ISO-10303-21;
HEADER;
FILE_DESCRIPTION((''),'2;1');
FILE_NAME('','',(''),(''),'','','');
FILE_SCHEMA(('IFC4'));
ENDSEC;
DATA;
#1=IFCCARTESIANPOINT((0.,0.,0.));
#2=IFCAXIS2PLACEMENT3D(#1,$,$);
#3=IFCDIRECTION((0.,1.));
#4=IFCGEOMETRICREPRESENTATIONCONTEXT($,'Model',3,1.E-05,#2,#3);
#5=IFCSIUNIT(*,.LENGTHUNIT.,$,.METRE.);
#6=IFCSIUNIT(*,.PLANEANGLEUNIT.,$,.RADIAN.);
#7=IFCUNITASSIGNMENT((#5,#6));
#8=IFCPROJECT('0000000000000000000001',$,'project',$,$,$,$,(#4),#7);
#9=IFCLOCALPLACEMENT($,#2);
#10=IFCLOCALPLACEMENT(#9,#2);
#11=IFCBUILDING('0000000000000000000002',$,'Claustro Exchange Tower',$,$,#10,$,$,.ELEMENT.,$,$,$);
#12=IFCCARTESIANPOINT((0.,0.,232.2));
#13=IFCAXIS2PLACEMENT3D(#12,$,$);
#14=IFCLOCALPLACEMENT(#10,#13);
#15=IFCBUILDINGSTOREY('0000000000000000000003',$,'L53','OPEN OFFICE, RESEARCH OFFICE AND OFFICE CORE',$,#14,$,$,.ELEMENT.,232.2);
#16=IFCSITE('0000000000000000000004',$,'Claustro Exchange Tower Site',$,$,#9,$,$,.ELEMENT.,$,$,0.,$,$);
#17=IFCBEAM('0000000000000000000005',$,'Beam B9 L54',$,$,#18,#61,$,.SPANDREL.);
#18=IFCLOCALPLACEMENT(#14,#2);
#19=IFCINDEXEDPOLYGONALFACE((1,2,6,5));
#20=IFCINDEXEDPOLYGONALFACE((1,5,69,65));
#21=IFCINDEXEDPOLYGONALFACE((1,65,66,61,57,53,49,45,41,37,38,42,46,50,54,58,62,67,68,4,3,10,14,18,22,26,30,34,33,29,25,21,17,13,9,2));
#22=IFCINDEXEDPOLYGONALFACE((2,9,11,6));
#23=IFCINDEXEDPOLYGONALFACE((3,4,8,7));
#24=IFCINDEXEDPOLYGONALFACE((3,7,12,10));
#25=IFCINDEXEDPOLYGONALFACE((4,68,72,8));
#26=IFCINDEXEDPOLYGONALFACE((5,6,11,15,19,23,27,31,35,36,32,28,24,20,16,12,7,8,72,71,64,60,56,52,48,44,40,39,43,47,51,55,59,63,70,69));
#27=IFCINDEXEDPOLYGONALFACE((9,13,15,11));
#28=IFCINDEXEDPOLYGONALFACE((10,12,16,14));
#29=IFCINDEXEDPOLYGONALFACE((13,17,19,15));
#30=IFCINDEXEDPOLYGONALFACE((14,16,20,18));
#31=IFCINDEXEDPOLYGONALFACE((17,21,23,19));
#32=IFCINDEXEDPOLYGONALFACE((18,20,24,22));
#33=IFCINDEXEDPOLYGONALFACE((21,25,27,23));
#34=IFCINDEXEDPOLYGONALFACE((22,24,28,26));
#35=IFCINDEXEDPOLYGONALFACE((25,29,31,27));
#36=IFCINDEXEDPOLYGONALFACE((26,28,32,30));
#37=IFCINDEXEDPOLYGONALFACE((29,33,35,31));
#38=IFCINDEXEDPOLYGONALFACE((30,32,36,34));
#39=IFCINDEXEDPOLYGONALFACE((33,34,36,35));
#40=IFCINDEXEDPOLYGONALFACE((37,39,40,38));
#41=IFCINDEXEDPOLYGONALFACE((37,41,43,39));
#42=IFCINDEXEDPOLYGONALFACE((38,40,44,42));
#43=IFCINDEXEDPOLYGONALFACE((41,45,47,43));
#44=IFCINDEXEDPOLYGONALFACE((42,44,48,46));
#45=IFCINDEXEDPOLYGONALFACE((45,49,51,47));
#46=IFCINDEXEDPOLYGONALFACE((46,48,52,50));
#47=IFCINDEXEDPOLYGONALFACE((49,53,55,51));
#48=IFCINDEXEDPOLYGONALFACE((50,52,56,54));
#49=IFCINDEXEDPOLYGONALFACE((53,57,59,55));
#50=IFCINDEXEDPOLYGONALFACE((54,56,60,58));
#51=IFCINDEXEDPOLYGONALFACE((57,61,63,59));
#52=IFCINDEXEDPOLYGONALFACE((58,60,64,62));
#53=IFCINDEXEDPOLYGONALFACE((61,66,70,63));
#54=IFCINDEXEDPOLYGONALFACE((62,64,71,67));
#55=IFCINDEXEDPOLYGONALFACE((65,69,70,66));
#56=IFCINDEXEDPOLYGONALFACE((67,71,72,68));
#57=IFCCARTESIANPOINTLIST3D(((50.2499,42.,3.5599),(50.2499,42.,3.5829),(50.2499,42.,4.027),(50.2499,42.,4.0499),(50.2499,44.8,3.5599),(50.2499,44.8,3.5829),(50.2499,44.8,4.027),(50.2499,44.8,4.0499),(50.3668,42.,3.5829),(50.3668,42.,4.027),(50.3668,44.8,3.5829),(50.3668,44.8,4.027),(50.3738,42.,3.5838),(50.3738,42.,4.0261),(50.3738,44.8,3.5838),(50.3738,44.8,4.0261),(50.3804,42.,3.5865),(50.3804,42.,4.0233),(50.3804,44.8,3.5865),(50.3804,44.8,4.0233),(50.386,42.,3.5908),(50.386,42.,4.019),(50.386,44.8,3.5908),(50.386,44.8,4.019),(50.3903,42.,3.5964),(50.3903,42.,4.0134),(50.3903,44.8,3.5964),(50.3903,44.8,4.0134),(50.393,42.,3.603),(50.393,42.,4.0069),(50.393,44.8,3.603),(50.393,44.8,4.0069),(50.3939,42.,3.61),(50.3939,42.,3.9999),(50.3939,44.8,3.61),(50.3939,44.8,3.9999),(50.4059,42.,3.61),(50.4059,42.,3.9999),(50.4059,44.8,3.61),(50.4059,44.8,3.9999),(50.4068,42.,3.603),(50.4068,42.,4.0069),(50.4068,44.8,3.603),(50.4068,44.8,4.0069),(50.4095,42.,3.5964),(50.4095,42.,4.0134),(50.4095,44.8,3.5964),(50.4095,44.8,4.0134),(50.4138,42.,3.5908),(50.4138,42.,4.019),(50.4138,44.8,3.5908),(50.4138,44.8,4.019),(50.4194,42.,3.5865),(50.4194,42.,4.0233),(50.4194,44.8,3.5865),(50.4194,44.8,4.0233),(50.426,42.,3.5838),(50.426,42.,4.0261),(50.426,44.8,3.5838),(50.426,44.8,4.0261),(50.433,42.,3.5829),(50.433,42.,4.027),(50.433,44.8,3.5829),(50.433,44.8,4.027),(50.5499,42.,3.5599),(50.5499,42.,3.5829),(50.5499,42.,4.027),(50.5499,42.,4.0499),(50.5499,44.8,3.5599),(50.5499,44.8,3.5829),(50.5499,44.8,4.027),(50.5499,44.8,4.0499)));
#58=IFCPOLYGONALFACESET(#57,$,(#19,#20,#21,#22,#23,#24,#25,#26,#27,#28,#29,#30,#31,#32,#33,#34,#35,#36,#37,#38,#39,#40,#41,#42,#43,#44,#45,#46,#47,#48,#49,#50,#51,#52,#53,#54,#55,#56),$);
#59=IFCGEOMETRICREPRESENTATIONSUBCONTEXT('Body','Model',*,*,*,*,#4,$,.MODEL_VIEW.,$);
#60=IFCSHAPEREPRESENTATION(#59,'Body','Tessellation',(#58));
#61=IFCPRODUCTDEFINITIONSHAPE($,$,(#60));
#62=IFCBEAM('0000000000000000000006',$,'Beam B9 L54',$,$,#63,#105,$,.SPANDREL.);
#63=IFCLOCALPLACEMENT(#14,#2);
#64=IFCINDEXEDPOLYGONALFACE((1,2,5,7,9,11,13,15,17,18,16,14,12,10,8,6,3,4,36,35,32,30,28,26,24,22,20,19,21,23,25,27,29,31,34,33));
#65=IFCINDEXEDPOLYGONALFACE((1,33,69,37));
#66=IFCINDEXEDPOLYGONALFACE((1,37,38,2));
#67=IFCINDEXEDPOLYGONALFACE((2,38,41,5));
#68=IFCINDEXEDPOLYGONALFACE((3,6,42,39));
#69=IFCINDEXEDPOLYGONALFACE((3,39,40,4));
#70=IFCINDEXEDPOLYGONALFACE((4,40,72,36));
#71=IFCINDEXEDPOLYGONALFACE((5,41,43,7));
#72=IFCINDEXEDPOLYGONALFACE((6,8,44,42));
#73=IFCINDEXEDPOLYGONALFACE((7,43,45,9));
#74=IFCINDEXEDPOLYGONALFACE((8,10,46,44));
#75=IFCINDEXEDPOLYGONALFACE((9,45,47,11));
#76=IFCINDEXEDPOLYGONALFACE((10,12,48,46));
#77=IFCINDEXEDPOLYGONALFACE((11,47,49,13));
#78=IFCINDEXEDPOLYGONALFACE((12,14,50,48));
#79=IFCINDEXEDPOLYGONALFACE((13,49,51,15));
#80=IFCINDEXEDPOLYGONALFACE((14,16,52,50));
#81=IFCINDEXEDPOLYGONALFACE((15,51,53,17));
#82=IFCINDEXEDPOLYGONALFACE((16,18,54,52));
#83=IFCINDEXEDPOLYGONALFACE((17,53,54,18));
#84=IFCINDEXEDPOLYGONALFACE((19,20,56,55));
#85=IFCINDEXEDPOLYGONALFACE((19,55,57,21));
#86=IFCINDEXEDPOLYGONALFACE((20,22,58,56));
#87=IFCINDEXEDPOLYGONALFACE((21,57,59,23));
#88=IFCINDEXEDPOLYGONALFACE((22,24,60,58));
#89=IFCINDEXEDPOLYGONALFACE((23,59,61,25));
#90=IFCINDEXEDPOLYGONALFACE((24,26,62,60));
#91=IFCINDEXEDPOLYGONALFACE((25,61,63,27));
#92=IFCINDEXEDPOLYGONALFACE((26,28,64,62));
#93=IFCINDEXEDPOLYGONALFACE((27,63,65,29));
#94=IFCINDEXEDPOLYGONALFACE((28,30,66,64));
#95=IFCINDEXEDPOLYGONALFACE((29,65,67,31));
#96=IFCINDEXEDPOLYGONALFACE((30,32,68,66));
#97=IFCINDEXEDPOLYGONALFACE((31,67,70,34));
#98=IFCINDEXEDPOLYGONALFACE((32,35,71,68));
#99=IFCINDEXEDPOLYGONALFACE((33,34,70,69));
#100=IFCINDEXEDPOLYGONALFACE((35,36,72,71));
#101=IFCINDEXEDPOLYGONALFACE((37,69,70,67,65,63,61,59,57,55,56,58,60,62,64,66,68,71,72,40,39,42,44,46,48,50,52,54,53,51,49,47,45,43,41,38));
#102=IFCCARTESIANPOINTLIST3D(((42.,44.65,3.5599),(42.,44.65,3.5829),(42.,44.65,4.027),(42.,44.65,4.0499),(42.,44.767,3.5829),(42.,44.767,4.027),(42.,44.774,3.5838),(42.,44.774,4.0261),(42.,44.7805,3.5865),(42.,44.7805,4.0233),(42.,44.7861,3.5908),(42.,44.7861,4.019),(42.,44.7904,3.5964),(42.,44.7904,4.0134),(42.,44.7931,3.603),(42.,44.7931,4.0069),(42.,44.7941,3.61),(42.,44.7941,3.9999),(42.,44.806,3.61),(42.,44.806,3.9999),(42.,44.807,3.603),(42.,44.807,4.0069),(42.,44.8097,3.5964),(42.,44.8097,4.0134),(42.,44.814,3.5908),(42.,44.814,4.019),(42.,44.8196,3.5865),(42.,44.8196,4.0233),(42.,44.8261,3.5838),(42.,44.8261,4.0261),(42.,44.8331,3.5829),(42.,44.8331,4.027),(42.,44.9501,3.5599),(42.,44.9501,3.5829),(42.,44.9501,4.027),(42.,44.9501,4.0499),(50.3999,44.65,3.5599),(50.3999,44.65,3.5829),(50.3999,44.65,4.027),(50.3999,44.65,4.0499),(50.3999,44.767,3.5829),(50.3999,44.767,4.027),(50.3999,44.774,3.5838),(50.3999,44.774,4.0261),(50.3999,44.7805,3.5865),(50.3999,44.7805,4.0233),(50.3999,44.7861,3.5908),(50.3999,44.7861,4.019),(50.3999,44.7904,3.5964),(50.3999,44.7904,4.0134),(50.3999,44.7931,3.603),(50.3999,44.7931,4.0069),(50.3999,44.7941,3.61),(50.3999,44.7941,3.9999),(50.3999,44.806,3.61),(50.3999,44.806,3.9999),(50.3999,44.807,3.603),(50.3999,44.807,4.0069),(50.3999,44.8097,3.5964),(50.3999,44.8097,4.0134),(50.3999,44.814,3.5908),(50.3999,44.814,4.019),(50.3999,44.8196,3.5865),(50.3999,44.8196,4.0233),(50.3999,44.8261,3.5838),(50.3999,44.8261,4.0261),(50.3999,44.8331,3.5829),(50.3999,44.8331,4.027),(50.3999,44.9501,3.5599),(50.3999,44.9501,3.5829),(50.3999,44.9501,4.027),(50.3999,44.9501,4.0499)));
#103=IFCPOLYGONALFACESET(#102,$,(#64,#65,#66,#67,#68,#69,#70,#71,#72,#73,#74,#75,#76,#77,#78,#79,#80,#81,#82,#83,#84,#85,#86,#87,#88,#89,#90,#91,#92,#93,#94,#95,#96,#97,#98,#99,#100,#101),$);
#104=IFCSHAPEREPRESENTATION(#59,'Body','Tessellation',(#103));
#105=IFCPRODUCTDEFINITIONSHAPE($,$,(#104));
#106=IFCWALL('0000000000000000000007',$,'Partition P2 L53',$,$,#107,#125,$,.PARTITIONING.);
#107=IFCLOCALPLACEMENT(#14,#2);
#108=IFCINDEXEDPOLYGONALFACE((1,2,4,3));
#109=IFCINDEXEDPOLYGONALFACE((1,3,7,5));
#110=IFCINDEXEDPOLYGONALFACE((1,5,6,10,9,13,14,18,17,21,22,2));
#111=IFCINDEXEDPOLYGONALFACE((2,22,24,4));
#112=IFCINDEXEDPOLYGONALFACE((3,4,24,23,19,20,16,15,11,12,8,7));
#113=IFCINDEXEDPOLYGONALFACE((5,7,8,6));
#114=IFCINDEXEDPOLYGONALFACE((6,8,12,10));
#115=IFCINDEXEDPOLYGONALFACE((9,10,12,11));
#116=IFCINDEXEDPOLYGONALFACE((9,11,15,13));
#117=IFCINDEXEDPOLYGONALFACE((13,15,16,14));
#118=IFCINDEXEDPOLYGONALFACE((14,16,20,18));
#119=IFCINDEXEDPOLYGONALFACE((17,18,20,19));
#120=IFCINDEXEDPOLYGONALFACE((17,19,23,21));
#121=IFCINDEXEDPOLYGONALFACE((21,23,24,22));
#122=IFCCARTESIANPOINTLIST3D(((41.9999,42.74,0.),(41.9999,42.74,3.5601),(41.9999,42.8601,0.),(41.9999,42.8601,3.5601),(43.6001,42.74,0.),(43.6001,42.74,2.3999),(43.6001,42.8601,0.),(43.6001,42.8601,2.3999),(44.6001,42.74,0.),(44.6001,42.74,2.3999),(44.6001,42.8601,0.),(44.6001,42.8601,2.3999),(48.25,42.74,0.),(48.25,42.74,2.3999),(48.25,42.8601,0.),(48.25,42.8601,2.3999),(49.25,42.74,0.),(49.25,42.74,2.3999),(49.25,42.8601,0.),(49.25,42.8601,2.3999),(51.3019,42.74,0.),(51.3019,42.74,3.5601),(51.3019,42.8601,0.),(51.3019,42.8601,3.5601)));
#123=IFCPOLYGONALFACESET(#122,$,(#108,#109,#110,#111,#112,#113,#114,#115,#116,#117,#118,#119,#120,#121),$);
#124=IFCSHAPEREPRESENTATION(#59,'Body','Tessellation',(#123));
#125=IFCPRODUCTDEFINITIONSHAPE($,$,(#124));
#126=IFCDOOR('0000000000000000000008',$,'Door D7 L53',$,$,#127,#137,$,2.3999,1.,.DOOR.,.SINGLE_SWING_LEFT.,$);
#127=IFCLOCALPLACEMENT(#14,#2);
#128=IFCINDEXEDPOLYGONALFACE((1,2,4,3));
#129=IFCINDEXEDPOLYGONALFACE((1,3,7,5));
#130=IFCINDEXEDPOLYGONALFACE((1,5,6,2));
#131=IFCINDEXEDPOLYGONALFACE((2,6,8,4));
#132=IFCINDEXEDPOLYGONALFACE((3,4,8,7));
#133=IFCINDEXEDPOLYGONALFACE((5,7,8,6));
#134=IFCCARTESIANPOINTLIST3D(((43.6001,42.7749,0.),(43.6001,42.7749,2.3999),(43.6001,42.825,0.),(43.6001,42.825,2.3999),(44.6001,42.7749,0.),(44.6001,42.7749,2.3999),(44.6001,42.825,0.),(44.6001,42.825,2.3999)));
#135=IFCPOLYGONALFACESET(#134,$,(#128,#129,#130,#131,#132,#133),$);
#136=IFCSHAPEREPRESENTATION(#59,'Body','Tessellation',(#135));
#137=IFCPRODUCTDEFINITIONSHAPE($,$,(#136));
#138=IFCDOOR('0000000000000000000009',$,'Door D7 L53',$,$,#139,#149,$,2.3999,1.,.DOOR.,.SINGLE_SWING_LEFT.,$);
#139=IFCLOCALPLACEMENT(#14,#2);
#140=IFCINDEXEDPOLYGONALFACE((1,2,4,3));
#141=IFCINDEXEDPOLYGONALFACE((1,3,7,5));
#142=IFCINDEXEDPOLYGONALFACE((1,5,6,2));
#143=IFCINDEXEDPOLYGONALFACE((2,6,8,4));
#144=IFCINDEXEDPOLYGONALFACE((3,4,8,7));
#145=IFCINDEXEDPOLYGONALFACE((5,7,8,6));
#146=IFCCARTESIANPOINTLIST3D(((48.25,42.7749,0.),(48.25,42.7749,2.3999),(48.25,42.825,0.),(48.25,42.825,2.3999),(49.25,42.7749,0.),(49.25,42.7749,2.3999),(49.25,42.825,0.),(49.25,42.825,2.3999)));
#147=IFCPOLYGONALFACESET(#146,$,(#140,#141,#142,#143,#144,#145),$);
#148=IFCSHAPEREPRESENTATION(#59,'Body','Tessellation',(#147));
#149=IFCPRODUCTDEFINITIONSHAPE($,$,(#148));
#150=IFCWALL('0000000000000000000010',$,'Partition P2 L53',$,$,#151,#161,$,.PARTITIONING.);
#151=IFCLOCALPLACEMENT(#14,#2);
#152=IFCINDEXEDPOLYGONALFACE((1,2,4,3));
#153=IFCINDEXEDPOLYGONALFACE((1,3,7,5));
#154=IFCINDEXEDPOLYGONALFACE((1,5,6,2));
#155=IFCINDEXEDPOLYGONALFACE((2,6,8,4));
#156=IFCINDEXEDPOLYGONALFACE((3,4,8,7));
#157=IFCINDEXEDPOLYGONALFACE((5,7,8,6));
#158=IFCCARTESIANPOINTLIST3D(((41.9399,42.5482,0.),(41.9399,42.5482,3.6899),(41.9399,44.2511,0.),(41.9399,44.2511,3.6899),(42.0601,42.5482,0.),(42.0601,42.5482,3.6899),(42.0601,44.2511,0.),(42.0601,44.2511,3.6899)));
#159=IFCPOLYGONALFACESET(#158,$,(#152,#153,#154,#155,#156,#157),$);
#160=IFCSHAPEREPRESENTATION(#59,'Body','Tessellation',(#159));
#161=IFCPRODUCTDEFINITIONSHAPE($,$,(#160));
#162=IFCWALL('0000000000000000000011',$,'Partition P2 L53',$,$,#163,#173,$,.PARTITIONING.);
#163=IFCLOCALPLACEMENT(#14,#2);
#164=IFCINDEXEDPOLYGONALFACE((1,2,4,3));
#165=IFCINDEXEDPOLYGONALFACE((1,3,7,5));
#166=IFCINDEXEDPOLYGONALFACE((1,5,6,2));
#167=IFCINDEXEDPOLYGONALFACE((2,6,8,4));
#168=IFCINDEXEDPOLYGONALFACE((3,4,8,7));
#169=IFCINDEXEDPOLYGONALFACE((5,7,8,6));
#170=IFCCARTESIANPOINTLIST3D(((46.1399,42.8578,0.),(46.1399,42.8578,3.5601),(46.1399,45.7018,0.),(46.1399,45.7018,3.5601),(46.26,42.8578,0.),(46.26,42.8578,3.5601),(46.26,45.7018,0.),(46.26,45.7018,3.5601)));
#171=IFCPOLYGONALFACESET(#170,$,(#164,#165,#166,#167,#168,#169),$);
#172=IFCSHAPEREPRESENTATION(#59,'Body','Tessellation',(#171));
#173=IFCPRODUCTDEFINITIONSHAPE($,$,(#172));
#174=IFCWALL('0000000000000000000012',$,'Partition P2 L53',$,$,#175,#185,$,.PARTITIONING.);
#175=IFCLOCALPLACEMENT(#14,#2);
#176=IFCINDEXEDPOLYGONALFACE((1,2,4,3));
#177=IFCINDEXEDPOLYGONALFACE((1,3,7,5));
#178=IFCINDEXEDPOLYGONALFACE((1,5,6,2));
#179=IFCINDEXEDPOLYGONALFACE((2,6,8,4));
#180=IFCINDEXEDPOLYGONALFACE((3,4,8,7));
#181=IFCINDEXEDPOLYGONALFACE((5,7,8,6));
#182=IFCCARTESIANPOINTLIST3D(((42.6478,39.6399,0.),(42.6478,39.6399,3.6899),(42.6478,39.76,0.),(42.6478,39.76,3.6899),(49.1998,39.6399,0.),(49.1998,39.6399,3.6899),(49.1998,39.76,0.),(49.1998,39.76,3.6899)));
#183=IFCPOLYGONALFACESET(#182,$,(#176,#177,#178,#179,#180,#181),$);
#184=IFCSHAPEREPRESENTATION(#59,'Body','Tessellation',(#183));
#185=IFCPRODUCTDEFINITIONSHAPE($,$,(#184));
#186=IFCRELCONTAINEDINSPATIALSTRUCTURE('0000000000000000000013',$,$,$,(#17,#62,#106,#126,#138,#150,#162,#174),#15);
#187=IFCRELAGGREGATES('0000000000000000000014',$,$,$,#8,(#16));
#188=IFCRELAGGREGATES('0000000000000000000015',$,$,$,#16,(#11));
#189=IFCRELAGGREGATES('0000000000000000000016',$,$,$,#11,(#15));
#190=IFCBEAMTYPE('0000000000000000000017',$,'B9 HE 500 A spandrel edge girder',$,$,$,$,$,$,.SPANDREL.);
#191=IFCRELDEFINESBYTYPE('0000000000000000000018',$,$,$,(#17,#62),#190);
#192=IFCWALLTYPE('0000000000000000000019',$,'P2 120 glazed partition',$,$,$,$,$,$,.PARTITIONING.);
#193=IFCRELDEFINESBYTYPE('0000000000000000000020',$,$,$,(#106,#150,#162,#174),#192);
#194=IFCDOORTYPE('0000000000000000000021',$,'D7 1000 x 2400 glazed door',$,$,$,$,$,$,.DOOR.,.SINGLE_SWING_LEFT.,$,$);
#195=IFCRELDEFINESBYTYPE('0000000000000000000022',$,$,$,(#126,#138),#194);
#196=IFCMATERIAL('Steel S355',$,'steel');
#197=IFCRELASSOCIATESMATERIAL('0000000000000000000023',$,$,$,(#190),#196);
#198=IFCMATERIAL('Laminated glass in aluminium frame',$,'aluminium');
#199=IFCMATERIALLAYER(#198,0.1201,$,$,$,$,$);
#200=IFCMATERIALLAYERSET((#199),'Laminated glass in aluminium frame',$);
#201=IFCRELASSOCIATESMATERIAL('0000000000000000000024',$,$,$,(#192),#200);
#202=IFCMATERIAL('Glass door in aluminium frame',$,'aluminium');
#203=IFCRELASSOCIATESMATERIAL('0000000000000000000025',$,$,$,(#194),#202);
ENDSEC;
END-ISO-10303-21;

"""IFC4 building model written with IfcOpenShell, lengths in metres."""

from ifc_helpers import new_model, si_unit, direction, frame, frame_2d, origin, origin_2d, place, context, subcontext, project, spatial, rectangle, i_section, extrude, material, layer, layer_set, material_profile, profile_set, type_object, element, fill, save


model = new_model("IFC4")

# Units and contexts
model_context = context("Model", 3, precision=1e-05, world=origin(), true_north=direction((0.0, 1.0)))
body_context = subcontext(model_context, "Body", "Model", "MODEL_VIEW")
ifc_project = project(units=[si_unit("LENGTHUNIT", "METRE"), si_unit("PLANEANGLEUNIT", "RADIAN")], contexts=[model_context])

# Site, building, storey
site_placement = place(None, origin())
site = spatial("IfcSite", under=ifc_project, at=site_placement, Name="Claustro Exchange Tower Site", CompositionType="ELEMENT", RefElevation=0.0)
building_placement = place(site_placement, origin())
building = spatial("IfcBuilding", under=site, at=building_placement, Name="Claustro Exchange Tower", CompositionType="ELEMENT")
storey_placement = place(building_placement, frame((0.0, 0.0, 232.2)))
storey = spatial("IfcBuildingStorey", under=building, at=storey_placement, Name="L53", Description="OPEN OFFICE, RESEARCH OFFICE AND OFFICE CORE", CompositionType="ELEMENT", Elevation=232.2)

# Beams
ifc_material_1 = material(Name="Steel S355", Category="steel")
ifc_material_profile_1 = material_profile(ifc_material_1, i_section(OverallWidth=0.3, OverallDepth=0.49, WebThickness=0.012, FlangeThickness=0.0229, FilletRadius=0.0271, at=origin_2d()), Name="HE 500 A")
ifc_profile_set_1 = profile_set([ifc_material_profile_1], Name="Steel S355")
beam_type_1 = type_object("IfcBeamType", Name="B9 HE 500 A spandrel edge girder", PredefinedType="SPANDREL", material=ifc_profile_set_1)
beam_1_placement = place(storey_placement, frame((50.3999, 42.0, 3.8049), z_axis=(0.0, 1.0, 0.0), x_axis=(-1.0, 0.0, 0.0)))
element("IfcBeam", 1, at=beam_1_placement, inside=storey, type_object=beam_type_1, Name="Beam B9 L54", PredefinedType="SPANDREL", context=body_context, shape_type="SweptSolid", body=[
    extrude(i_section(OverallWidth=0.3, OverallDepth=0.49, WebThickness=0.012, FlangeThickness=0.0229, FilletRadius=0.0271, at=origin_2d()), origin(), (0.0, 0.0, 1.0), 2.8),
])
beam_2_placement = place(storey_placement, frame((42.0, 44.8, 3.8049), z_axis=(1.0, 0.0, 0.0), x_axis=(0.0, 1.0, 0.0)))
element("IfcBeam", 2, at=beam_2_placement, inside=storey, type_object=beam_type_1, Name="Beam B9 L54", PredefinedType="SPANDREL", context=body_context, shape_type="SweptSolid", body=[
    extrude(i_section(OverallWidth=0.3, OverallDepth=0.49, WebThickness=0.012, FlangeThickness=0.0229, FilletRadius=0.0271, at=origin_2d()), origin(), (0.0, 0.0, 1.0), 8.3999),
])

# Wall, openings, doors
ifc_material_2 = material(Name="Laminated glass in aluminium frame", Category="aluminium")
ifc_layer_1 = layer(ifc_material_2, 0.1201)
ifc_layer_set_1 = layer_set([ifc_layer_1], Name="Laminated glass in aluminium frame")
wall_type_1 = type_object("IfcWallType", Name="P2 120 glazed partition", PredefinedType="PARTITIONING", material=ifc_layer_set_1)
wall_1_placement = place(storey_placement, frame((42.0, 42.8, 0.0), z_axis=(0.0, 0.0, 1.0), x_axis=(1.0, 0.0, 0.0)))
wall_1 = element("IfcWall", 3, at=wall_1_placement, inside=storey, type_object=wall_type_1, Name="Partition P2 L53", PredefinedType="PARTITIONING", context=body_context, shape_type="SweptSolid", body=[
    extrude(rectangle(XDim=9.302, YDim=0.1201, at=frame_2d((4.6509, 0.0))), origin(), (0.0, 0.0, 1.0), 3.5601),
])
opening_1_placement = place(wall_1_placement, frame((1.6001, 0.0, 0.0)))
opening_1 = element("IfcOpeningElement", 4, at=opening_1_placement, cuts=wall_1, PredefinedType="OPENING", context=body_context, shape_type="SweptSolid", body=[
    extrude(rectangle(XDim=1.0, YDim=2.3999, at=frame_2d((0.5, 1.2))), frame((0.0, 0.0701, 0.0), z_axis=(0.0, -1.0, 0.0), x_axis=(1.0, 0.0, 0.0)), (0.0, 0.0, 1.0), 0.1401),
])
opening_2_placement = place(wall_1_placement, frame((6.25, 0.0, 0.0)))
opening_2 = element("IfcOpeningElement", 5, at=opening_2_placement, cuts=wall_1, PredefinedType="OPENING", context=body_context, shape_type="SweptSolid", body=[
    extrude(rectangle(XDim=1.0, YDim=2.3999, at=frame_2d((0.5, 1.2))), frame((0.0, 0.0701, 0.0), z_axis=(0.0, -1.0, 0.0), x_axis=(1.0, 0.0, 0.0)), (0.0, 0.0, 1.0), 0.1401),
])
ifc_material_3 = material(Name="Glass door in aluminium frame", Category="aluminium")
door_type = type_object("IfcDoorType", Name="D7 1000 x 2400 glazed door", OperationType="SINGLE_SWING_LEFT", PredefinedType="DOOR", material=ifc_material_3)
door_1_placement = place(opening_1_placement, origin())
door_1 = element("IfcDoor", 6, at=door_1_placement, inside=storey, type_object=door_type, Name="Door D7 L53", OperationType="SINGLE_SWING_LEFT", OverallHeight=2.3999, OverallWidth=1.0, PredefinedType="DOOR", context=body_context, shape_type="SweptSolid", body=[
    extrude(rectangle(XDim=1.0, YDim=2.3999, at=frame_2d((0.5, 1.2))), frame((0.0, 0.0249, 0.0), z_axis=(0.0, -1.0, 0.0), x_axis=(1.0, 0.0, 0.0)), (0.0, 0.0, 1.0), 0.05),
])
fill(opening_1, door_1)
door_2_placement = place(opening_2_placement, origin())
door_2 = element("IfcDoor", 7, at=door_2_placement, inside=storey, type_object=door_type, Name="Door D7 L53", OperationType="SINGLE_SWING_LEFT", OverallHeight=2.3999, OverallWidth=1.0, PredefinedType="DOOR", context=body_context, shape_type="SweptSolid", body=[
    extrude(rectangle(XDim=1.0, YDim=2.3999, at=frame_2d((0.5, 1.2))), frame((0.0, 0.0249, 0.0), z_axis=(0.0, -1.0, 0.0), x_axis=(1.0, 0.0, 0.0)), (0.0, 0.0, 1.0), 0.05),
])
fill(opening_2, door_2)

# Walls
wall_2_placement = place(storey_placement, frame((42.0, 42.5481, 0.0), z_axis=(0.0, 0.0, 1.0), x_axis=(0.0, 1.0, 0.0)))
element("IfcWall", 8, at=wall_2_placement, inside=storey, type_object=wall_type_1, Name="Partition P2 L53", PredefinedType="PARTITIONING", context=body_context, shape_type="SweptSolid", body=[
    extrude(rectangle(XDim=1.7029, YDim=0.1201, at=frame_2d((0.8516, 0.0))), origin(), (0.0, 0.0, 1.0), 3.6899),
])
wall_3_placement = place(storey_placement, frame((46.2, 42.8579, 0.0), z_axis=(0.0, 0.0, 1.0), x_axis=(0.0, 1.0, 0.0)))
element("IfcWall", 9, at=wall_3_placement, inside=storey, type_object=wall_type_1, Name="Partition P2 L53", PredefinedType="PARTITIONING", context=body_context, shape_type="SweptSolid", body=[
    extrude(rectangle(XDim=2.844, YDim=0.1201, at=frame_2d((1.4219, 0.0))), origin(), (0.0, 0.0, 1.0), 3.5601),
])
wall_4_placement = place(storey_placement, frame((42.6479, 39.7, 0.0), z_axis=(0.0, 0.0, 1.0), x_axis=(1.0, 0.0, 0.0)))
element("IfcWall", 10, at=wall_4_placement, inside=storey, type_object=wall_type_1, Name="Partition P2 L53", PredefinedType="PARTITIONING", context=body_context, shape_type="SweptSolid", body=[
    extrude(rectangle(XDim=6.552, YDim=0.1201, at=frame_2d((3.2759, 0.0))), origin(), (0.0, 0.0, 1.0), 3.6899),
])

save(model, "model.ifc")
